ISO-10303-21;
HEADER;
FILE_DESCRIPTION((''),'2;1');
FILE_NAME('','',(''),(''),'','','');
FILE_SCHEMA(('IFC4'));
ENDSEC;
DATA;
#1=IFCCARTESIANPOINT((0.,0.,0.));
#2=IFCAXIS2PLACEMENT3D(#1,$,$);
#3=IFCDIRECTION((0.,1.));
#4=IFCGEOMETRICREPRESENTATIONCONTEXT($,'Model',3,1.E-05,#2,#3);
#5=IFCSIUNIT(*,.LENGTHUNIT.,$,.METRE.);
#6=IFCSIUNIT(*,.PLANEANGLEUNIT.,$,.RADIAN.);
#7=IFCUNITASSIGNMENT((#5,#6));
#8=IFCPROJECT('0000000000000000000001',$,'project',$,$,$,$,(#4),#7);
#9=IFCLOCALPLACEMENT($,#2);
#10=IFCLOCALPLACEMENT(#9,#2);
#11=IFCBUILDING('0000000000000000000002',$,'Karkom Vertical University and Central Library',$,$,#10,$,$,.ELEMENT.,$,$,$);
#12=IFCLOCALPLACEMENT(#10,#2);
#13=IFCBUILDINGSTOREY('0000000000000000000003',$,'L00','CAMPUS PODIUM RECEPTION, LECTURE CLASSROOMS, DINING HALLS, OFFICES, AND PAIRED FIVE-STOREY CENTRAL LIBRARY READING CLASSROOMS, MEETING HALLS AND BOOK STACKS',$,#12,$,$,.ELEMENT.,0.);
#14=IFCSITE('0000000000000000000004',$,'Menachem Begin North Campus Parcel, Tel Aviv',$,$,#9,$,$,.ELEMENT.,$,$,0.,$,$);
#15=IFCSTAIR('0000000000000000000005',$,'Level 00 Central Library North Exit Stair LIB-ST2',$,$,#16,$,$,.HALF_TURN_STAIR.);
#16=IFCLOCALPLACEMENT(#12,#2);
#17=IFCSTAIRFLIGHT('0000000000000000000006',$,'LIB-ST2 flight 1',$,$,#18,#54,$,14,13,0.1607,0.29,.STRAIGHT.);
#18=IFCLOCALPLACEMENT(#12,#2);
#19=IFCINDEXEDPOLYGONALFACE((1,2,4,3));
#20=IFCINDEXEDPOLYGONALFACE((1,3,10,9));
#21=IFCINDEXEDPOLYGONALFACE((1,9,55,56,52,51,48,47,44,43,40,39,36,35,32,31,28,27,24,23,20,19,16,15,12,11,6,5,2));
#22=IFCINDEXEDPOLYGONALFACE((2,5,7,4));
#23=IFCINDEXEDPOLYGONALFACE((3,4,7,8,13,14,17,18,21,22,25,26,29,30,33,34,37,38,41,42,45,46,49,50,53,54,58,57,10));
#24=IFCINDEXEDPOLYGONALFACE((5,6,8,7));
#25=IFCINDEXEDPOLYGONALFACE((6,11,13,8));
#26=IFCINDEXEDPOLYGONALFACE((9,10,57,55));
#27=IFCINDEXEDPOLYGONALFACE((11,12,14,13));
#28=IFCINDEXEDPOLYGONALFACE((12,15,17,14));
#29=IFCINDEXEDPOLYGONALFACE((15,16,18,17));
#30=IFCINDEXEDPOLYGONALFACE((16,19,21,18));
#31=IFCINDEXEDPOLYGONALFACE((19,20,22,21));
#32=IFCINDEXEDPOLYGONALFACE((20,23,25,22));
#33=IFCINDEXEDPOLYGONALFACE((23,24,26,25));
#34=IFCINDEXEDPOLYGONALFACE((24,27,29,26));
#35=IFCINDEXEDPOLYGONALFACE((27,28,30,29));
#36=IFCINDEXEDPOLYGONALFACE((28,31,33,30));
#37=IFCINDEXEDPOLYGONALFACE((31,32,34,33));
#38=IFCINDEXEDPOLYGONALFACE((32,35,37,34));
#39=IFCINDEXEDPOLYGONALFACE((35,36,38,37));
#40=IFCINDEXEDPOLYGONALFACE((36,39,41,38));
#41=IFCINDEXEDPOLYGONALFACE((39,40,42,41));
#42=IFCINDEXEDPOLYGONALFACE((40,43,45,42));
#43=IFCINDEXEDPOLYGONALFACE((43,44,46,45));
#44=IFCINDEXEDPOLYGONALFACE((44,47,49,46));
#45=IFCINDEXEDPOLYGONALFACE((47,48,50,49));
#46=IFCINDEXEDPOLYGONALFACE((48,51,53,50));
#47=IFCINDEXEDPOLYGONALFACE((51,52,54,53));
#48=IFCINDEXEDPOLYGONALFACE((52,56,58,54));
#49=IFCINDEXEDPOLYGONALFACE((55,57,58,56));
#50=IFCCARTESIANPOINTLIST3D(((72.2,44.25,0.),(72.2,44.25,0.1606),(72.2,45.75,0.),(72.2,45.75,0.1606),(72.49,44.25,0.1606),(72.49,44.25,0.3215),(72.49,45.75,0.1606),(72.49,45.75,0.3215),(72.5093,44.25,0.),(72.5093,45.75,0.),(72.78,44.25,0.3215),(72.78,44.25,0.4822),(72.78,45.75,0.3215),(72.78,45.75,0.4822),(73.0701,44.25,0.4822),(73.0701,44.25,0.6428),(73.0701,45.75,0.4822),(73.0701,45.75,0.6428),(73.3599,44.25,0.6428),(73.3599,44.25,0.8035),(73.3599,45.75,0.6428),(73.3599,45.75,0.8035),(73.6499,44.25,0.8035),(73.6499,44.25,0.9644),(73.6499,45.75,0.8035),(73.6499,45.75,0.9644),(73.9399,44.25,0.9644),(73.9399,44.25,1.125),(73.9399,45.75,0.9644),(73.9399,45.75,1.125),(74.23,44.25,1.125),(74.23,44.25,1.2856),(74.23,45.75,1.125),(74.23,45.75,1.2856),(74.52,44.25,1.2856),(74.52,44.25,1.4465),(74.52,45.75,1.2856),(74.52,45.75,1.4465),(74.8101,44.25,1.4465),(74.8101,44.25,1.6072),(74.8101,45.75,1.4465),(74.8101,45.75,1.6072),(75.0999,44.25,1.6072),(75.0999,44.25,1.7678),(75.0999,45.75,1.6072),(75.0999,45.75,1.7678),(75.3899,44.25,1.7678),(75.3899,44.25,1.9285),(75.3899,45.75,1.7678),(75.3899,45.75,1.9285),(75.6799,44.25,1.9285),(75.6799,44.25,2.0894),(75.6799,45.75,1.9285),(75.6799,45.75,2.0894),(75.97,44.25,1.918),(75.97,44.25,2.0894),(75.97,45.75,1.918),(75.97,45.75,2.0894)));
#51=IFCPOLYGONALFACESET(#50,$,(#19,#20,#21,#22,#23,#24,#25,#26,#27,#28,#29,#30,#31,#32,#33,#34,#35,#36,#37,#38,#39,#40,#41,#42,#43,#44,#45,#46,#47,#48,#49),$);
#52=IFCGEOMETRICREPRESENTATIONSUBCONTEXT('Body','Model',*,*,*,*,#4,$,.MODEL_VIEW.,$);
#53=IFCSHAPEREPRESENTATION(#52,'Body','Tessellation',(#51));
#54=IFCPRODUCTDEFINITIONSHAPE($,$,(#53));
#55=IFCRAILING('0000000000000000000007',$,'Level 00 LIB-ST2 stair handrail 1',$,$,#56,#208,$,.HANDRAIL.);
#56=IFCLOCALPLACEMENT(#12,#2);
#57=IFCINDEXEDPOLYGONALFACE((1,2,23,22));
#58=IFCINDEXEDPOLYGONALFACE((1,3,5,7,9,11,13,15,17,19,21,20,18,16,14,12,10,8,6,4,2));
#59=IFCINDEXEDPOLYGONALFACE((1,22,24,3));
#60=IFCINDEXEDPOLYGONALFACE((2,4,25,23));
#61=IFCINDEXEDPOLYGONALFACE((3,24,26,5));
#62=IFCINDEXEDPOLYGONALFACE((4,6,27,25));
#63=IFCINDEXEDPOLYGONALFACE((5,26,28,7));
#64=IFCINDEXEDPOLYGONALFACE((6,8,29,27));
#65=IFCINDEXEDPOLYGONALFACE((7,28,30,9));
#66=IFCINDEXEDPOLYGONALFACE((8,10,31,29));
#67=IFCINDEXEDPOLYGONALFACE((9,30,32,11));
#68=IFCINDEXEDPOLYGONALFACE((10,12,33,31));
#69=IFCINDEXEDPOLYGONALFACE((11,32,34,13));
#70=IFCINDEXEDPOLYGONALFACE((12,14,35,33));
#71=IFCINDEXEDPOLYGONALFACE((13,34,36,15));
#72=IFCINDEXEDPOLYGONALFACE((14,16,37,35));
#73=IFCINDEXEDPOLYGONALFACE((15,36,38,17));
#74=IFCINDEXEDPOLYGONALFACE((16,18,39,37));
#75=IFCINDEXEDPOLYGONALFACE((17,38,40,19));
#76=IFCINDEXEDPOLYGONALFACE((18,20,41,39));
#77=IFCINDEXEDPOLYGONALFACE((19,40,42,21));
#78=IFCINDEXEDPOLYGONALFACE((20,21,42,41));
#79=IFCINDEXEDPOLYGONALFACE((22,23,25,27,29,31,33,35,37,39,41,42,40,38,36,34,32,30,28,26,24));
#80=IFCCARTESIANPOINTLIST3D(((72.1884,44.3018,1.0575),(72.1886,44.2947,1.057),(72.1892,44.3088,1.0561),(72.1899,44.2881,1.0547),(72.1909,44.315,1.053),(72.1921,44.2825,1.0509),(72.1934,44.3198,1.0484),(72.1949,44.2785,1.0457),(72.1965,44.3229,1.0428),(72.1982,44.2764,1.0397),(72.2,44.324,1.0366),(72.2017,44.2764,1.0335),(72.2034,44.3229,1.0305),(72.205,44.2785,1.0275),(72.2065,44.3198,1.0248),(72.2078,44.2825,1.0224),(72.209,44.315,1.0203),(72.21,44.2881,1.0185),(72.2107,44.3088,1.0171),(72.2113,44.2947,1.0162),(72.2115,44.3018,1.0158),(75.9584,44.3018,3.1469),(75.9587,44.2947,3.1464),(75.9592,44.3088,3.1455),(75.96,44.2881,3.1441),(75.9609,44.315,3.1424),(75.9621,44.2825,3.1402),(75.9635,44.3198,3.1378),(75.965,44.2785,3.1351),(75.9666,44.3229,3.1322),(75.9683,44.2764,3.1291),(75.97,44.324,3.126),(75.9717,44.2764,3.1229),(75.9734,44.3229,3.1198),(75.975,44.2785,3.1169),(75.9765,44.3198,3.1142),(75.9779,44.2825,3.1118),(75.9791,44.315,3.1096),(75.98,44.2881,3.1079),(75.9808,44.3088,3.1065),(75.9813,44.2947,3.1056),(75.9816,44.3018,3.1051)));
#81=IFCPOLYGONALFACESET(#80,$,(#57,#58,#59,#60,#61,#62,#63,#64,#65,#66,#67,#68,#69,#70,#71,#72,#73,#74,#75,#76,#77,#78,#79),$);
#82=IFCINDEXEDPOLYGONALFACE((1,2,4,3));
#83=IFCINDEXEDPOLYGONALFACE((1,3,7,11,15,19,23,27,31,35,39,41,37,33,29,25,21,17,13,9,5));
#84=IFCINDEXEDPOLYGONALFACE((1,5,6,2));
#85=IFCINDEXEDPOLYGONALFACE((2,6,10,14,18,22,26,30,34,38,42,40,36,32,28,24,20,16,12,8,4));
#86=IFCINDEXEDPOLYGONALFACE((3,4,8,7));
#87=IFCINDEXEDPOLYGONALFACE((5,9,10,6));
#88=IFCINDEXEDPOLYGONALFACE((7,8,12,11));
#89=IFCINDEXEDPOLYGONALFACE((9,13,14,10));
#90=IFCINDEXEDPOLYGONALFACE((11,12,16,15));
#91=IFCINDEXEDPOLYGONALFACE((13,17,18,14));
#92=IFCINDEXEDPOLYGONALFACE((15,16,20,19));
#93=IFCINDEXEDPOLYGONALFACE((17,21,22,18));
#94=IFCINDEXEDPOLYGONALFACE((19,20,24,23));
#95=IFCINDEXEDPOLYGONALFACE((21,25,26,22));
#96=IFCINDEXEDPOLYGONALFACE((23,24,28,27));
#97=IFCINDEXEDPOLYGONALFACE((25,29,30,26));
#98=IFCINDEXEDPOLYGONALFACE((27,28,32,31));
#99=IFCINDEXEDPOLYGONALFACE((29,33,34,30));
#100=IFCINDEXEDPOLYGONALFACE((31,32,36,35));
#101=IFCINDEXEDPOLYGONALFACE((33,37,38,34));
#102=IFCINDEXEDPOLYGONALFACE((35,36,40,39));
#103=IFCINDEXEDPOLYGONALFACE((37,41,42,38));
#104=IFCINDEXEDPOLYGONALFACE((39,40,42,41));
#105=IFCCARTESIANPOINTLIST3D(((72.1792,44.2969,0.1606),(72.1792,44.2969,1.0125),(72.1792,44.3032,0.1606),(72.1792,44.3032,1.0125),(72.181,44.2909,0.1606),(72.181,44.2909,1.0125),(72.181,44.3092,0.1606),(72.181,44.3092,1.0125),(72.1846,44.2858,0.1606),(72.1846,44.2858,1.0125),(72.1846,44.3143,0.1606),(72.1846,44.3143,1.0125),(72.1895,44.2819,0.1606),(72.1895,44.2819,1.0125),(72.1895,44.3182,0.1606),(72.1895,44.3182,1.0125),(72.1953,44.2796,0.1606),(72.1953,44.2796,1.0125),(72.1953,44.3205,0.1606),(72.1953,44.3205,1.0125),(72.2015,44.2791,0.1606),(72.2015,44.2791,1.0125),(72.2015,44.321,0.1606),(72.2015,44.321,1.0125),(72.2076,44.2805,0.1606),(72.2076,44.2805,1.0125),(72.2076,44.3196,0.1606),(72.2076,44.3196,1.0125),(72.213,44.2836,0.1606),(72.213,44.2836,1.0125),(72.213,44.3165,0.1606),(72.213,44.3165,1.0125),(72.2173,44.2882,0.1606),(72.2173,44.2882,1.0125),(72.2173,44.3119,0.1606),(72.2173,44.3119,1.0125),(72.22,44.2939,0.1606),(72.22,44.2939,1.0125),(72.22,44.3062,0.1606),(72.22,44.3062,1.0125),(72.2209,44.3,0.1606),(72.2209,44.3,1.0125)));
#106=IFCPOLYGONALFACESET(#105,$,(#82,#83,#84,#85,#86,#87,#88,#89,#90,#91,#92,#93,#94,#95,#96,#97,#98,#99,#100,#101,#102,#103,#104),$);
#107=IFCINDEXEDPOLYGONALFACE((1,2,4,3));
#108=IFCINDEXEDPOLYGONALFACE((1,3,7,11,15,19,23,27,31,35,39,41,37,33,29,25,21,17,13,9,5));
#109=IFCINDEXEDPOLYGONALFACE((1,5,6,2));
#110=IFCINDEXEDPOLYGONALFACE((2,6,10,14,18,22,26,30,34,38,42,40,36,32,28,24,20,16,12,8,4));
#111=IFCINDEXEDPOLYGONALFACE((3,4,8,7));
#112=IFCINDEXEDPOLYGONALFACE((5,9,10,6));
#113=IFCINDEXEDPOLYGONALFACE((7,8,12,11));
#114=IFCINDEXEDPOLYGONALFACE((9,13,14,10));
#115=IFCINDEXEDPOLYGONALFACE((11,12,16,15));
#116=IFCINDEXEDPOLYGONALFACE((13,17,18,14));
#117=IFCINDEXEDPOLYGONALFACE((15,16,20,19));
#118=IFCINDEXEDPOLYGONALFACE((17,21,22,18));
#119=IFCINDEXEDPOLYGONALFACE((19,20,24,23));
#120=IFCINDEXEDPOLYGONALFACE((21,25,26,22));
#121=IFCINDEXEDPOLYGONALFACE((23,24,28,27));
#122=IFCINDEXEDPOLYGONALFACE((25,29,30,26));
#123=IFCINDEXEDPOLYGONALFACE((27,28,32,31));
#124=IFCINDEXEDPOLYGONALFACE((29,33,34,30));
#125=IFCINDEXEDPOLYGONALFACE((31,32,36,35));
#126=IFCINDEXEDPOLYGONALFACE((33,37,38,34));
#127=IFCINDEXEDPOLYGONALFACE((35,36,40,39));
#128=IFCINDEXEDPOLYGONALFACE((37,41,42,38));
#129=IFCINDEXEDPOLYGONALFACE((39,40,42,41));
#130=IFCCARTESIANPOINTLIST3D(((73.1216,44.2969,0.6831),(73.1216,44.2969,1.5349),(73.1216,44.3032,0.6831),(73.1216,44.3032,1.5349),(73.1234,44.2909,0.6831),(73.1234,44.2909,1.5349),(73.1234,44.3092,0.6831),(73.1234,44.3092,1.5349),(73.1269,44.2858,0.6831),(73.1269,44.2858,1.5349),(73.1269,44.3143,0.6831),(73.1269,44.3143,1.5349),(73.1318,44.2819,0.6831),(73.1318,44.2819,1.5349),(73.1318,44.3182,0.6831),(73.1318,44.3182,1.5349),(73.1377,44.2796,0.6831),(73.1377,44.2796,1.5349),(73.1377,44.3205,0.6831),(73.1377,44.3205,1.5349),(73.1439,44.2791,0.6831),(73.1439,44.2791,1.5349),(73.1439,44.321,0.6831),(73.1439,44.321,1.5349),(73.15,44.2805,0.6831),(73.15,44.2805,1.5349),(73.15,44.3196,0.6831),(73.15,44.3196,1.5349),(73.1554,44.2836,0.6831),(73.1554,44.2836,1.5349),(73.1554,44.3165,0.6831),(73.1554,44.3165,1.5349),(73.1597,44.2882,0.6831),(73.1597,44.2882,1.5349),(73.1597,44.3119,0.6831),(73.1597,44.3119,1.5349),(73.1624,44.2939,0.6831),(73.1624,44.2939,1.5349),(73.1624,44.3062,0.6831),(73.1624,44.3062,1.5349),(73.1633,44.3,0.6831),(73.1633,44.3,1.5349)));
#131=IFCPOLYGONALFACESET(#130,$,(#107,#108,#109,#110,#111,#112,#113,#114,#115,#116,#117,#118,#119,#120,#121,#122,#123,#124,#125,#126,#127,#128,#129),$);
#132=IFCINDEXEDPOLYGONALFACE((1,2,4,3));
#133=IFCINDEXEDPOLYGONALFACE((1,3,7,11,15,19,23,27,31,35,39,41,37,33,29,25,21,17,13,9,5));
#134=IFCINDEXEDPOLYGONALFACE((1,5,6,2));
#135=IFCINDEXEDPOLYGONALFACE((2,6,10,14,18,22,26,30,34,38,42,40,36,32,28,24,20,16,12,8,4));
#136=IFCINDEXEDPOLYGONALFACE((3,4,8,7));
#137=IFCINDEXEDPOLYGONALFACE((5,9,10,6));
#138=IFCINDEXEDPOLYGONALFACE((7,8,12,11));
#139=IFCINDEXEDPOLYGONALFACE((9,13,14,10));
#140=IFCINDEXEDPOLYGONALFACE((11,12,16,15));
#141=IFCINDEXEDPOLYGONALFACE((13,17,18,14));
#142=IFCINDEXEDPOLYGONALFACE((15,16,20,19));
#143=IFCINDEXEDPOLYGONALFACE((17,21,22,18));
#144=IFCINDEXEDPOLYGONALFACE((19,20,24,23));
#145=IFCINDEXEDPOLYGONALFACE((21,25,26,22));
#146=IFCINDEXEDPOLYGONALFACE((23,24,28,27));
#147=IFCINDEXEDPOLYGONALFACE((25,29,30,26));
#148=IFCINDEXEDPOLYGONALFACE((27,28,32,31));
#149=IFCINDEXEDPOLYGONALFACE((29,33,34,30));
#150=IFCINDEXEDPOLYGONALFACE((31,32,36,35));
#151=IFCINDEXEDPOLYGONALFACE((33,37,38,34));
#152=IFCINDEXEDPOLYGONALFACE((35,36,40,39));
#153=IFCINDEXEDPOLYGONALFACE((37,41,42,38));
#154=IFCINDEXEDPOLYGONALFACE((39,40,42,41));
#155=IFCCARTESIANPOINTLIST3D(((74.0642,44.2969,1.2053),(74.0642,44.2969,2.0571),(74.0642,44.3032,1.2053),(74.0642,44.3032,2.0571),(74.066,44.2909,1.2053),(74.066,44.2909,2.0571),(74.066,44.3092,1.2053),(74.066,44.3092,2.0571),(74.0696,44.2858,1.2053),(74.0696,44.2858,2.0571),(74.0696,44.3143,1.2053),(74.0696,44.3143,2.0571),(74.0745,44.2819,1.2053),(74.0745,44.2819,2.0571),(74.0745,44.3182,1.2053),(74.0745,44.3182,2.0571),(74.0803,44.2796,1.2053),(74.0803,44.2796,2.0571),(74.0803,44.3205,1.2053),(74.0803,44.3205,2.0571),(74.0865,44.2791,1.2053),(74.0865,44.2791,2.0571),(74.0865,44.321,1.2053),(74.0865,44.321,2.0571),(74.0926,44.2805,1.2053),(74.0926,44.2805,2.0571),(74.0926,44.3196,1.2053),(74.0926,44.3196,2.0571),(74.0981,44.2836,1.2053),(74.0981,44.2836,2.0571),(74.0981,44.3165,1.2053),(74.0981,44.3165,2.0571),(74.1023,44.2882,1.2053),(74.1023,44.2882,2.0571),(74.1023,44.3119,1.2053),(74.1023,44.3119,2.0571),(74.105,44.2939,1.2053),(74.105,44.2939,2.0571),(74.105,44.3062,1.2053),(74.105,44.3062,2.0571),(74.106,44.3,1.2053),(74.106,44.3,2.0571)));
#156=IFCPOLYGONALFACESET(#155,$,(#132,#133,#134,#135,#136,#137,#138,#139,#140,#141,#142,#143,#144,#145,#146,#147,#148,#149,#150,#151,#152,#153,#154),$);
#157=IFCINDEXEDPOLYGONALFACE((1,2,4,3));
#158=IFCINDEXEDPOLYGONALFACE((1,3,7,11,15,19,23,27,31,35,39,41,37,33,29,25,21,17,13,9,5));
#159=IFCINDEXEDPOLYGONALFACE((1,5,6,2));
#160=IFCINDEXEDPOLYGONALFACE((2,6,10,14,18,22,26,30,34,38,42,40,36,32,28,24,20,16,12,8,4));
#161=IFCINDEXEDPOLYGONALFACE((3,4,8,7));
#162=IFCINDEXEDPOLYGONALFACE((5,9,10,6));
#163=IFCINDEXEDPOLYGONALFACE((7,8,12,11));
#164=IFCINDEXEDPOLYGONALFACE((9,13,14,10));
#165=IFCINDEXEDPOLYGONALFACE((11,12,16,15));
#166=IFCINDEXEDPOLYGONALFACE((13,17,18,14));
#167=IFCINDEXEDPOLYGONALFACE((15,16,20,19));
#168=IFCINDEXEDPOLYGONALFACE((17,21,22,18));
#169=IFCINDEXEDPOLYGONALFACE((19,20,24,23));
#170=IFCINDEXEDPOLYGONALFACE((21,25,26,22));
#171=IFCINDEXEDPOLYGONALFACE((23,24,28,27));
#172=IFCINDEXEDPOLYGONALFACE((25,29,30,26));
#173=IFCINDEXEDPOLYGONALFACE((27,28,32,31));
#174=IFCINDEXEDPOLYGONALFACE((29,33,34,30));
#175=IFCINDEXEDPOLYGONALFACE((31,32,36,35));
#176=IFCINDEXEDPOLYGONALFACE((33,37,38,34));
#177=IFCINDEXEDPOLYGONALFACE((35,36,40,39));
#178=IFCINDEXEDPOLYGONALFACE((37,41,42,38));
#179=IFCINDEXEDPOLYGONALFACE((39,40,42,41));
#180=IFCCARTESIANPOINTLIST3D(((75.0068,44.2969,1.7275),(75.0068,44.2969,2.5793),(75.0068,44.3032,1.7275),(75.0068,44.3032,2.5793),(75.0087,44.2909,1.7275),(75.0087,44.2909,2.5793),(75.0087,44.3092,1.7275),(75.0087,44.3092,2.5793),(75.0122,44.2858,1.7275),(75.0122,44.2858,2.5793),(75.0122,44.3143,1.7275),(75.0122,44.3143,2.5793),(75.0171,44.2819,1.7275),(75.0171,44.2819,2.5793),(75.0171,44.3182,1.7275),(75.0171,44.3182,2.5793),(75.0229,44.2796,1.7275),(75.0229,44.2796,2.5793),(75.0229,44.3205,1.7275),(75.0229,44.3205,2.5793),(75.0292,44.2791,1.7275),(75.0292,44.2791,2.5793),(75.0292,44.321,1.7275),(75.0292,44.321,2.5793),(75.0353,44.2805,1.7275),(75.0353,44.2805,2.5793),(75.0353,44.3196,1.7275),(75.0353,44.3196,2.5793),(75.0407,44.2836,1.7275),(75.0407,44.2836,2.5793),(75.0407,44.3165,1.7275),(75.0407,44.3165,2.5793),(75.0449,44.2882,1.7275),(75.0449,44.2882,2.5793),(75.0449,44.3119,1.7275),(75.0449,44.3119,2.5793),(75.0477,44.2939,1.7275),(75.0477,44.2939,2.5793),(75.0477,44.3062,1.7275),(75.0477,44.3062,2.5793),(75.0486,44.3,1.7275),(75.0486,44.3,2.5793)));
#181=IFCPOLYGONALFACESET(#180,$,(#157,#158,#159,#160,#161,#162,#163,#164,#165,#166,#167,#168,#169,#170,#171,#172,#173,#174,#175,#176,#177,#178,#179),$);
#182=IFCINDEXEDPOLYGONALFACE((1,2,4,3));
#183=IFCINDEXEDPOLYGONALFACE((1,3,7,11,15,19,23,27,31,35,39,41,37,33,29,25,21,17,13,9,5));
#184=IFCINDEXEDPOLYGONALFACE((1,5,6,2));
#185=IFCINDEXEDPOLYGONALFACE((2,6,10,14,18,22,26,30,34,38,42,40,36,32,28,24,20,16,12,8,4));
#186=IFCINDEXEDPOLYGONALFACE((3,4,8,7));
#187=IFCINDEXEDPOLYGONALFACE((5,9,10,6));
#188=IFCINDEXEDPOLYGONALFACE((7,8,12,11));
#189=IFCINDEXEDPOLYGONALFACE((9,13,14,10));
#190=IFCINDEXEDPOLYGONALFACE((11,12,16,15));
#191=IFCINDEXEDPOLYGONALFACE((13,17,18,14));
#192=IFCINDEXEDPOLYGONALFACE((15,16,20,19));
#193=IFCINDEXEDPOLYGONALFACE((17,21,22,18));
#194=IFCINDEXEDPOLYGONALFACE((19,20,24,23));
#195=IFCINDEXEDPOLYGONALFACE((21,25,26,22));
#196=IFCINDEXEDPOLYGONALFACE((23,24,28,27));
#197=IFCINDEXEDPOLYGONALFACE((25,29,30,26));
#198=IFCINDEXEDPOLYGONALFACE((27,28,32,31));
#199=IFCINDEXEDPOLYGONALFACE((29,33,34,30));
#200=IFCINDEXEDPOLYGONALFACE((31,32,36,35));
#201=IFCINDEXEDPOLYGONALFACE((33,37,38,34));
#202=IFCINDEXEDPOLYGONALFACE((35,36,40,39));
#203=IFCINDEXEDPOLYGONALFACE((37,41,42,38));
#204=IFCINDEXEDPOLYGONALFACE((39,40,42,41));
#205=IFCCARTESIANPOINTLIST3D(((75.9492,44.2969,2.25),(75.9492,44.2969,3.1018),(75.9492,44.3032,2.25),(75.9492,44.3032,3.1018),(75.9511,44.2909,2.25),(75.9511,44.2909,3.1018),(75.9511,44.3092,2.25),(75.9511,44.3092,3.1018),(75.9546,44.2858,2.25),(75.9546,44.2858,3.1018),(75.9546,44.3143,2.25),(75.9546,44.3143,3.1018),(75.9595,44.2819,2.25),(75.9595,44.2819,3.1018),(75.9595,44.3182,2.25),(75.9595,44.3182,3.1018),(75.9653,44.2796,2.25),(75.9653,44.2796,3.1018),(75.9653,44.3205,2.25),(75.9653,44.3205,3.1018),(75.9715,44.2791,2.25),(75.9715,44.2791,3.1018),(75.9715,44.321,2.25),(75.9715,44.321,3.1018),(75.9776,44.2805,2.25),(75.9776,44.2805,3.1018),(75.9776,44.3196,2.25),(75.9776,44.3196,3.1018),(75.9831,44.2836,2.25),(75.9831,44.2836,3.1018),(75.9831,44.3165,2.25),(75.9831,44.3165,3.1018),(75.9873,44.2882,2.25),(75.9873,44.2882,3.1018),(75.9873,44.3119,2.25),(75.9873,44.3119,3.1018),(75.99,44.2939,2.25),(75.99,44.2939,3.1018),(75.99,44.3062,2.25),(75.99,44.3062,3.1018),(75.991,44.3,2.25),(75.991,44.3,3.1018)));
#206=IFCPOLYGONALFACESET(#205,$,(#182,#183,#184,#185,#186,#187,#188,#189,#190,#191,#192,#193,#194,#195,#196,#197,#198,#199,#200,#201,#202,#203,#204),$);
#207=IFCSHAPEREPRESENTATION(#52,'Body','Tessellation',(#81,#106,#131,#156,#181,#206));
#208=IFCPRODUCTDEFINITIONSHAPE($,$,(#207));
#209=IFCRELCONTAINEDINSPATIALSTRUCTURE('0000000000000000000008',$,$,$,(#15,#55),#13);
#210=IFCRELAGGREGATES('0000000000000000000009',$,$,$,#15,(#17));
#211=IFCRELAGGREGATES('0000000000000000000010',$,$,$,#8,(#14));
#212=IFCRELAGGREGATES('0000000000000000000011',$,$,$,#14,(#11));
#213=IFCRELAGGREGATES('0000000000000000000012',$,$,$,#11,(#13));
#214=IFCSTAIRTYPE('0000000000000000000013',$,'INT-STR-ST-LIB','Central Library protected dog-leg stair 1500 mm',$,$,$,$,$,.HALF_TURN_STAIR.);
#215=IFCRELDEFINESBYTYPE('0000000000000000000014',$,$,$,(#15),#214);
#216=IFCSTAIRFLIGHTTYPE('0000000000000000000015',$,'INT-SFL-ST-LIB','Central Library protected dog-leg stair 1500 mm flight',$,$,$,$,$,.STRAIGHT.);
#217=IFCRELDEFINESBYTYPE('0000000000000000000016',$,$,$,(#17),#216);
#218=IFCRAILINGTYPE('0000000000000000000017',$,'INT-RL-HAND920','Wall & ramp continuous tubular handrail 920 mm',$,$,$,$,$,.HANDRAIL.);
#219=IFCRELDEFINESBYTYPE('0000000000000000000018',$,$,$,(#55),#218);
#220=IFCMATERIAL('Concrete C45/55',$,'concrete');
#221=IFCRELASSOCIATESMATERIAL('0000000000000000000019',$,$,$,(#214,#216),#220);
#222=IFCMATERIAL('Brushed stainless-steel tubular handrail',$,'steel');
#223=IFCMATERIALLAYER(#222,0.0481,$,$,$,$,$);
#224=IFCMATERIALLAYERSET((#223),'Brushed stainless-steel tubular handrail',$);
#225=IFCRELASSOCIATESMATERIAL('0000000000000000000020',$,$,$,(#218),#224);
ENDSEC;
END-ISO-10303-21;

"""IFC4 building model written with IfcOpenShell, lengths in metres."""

from ifc_helpers import new_model, si_unit, direction, frame, origin, origin_2d, place, context, subcontext, project, spatial, polyline, circle, outline, extrude, material, layer, layer_set, type_object, element, aggregate, save


model = new_model("IFC4")

# Units and contexts
model_context = context("Model", 3, precision=1e-05, world=origin(), true_north=direction((0.0, 1.0)))
body_context = subcontext(model_context, "Body", "Model", "MODEL_VIEW")
ifc_project = project(units=[si_unit("LENGTHUNIT", "METRE"), si_unit("PLANEANGLEUNIT", "RADIAN")], contexts=[model_context])

# Site, building, storey
site_placement = place(None, origin())
site = spatial("IfcSite", under=ifc_project, at=site_placement, Name="Menachem Begin North Campus Parcel, Tel Aviv", CompositionType="ELEMENT", RefElevation=0.0)
building_placement = place(site_placement, origin())
building = spatial("IfcBuilding", under=site, at=building_placement, Name="Karkom Vertical University and Central Library", CompositionType="ELEMENT")
storey_placement = place(building_placement, origin())
storey = spatial("IfcBuildingStorey", under=building, at=storey_placement, Name="L00", Description="CAMPUS PODIUM RECEPTION, LECTURE CLASSROOMS, DINING HALLS, OFFICES, AND PAIRED FIVE-STOREY CENTRAL LIBRARY READING CLASSROOMS, MEETING HALLS AND BOOK STACKS", CompositionType="ELEMENT", Elevation=0.0)

# Shared definitions
ifc_material_1 = material(Name="Concrete C45/55", Category="concrete")

# Stair, stair flight
stair_type = type_object("IfcStairType", Name="INT-STR-ST-LIB", Description="Central Library protected dog-leg stair 1500 mm", PredefinedType="HALF_TURN_STAIR", material=ifc_material_1)
stair_placement = place(storey_placement, origin())
stair = element("IfcStair", 1, at=stair_placement, inside=storey, type_object=stair_type, Name="Level 00 Central Library North Exit Stair LIB-ST2", PredefinedType="HALF_TURN_STAIR")
stair_flight_type = type_object("IfcStairFlightType", Name="INT-SFL-ST-LIB", Description="Central Library protected dog-leg stair 1500 mm flight", PredefinedType="STRAIGHT", material=ifc_material_1)
stair_flight_placement = place(storey_placement, frame((72.2, 45.0, 0.0), z_axis=(0.0, 0.0, 1.0), x_axis=(1.0, 0.0, 0.0)))
stair_flight = element("IfcStairFlight", 2, at=stair_flight_placement, type_object=stair_flight_type, Name="LIB-ST2 flight 1", NumberOfRisers=14, NumberOfTreads=13, PredefinedType="STRAIGHT", RiserHeight=0.1607, TreadLength=0.29, context=body_context, shape_type="SweptSolid", body=[
    extrude(outline(polyline([(0.0, 0.0), (0.0, 0.1606), (0.29, 0.1606), (0.29, 0.3215), (0.5801, 0.3215), (0.5801, 0.4822), (0.8701, 0.4822), (0.8701, 0.6428), (1.1599, 0.6428), (1.1599, 0.8035), (1.45, 0.8035), (1.45, 0.9644), (1.74, 0.9644), (1.74, 1.125), (2.03, 1.125), (2.03, 1.2856), (2.3201, 1.2856), (2.3201, 1.4465), (2.6101, 1.4465), (2.6101, 1.6072), (2.8999, 1.6072), (2.8999, 1.7678), (3.1899, 1.7678), (3.1899, 1.9285), (3.48, 1.9285), (3.48, 2.0894), (3.77, 2.0894), (3.77, 2.25), (3.77, 1.918), (0.3093, 0.0), (0.0, 0.0)])), frame((0.0, 0.75, 0.0), z_axis=(0.0, -1.0, 0.0), x_axis=(1.0, 0.0, 0.0)), (0.0, 0.0, 1.0), 1.5),
])
aggregate(stair, [stair_flight])

# Railing
ifc_material_2 = material(Name="Brushed stainless-steel tubular handrail", Category="steel")
ifc_layer_1 = layer(ifc_material_2, 0.0481)
ifc_layer_set_1 = layer_set([ifc_layer_1], Name="Brushed stainless-steel tubular handrail")
railing_type = type_object("IfcRailingType", Name="INT-RL-HAND920", Description="Wall & ramp continuous tubular handrail 920 mm", PredefinedType="HANDRAIL", material=ifc_layer_set_1)
railing_placement = place(storey_placement, frame((72.2, 44.3, 0.1606)))
element("IfcRailing", 3, at=railing_placement, inside=storey, type_object=railing_type, Name="Level 00 LIB-ST2 stair handrail 1", PredefinedType="HANDRAIL", context=body_context, shape_type="SweptSolid", body=[
    extrude(circle(Radius=0.0239, at=origin_2d()), frame((0.0, 0.0, 0.876), z_axis=(0.874659, 0.0, 0.484739), x_axis=(0.0, 1.0, 0.0)), (0.0, 0.0, 1.0), 4.3103),
    extrude(circle(Radius=0.021, at=origin_2d()), origin(), (0.0, 0.0, 1.0), 0.8518),
    extrude(circle(Radius=0.021, at=origin_2d()), frame((0.9424, 0.0, 0.5225)), (0.0, 0.0, 1.0), 0.8518),
    extrude(circle(Radius=0.021, at=origin_2d()), frame((1.885, 0.0, 1.0447)), (0.0, 0.0, 1.0), 0.8518),
    extrude(circle(Radius=0.021, at=origin_2d()), frame((2.8276, 0.0, 1.5669)), (0.0, 0.0, 1.0), 0.8518),
    extrude(circle(Radius=0.021, at=origin_2d()), frame((3.77, 0.0, 2.0894)), (0.0, 0.0, 1.0), 0.8518),
])

save(model, "model.ifc")
